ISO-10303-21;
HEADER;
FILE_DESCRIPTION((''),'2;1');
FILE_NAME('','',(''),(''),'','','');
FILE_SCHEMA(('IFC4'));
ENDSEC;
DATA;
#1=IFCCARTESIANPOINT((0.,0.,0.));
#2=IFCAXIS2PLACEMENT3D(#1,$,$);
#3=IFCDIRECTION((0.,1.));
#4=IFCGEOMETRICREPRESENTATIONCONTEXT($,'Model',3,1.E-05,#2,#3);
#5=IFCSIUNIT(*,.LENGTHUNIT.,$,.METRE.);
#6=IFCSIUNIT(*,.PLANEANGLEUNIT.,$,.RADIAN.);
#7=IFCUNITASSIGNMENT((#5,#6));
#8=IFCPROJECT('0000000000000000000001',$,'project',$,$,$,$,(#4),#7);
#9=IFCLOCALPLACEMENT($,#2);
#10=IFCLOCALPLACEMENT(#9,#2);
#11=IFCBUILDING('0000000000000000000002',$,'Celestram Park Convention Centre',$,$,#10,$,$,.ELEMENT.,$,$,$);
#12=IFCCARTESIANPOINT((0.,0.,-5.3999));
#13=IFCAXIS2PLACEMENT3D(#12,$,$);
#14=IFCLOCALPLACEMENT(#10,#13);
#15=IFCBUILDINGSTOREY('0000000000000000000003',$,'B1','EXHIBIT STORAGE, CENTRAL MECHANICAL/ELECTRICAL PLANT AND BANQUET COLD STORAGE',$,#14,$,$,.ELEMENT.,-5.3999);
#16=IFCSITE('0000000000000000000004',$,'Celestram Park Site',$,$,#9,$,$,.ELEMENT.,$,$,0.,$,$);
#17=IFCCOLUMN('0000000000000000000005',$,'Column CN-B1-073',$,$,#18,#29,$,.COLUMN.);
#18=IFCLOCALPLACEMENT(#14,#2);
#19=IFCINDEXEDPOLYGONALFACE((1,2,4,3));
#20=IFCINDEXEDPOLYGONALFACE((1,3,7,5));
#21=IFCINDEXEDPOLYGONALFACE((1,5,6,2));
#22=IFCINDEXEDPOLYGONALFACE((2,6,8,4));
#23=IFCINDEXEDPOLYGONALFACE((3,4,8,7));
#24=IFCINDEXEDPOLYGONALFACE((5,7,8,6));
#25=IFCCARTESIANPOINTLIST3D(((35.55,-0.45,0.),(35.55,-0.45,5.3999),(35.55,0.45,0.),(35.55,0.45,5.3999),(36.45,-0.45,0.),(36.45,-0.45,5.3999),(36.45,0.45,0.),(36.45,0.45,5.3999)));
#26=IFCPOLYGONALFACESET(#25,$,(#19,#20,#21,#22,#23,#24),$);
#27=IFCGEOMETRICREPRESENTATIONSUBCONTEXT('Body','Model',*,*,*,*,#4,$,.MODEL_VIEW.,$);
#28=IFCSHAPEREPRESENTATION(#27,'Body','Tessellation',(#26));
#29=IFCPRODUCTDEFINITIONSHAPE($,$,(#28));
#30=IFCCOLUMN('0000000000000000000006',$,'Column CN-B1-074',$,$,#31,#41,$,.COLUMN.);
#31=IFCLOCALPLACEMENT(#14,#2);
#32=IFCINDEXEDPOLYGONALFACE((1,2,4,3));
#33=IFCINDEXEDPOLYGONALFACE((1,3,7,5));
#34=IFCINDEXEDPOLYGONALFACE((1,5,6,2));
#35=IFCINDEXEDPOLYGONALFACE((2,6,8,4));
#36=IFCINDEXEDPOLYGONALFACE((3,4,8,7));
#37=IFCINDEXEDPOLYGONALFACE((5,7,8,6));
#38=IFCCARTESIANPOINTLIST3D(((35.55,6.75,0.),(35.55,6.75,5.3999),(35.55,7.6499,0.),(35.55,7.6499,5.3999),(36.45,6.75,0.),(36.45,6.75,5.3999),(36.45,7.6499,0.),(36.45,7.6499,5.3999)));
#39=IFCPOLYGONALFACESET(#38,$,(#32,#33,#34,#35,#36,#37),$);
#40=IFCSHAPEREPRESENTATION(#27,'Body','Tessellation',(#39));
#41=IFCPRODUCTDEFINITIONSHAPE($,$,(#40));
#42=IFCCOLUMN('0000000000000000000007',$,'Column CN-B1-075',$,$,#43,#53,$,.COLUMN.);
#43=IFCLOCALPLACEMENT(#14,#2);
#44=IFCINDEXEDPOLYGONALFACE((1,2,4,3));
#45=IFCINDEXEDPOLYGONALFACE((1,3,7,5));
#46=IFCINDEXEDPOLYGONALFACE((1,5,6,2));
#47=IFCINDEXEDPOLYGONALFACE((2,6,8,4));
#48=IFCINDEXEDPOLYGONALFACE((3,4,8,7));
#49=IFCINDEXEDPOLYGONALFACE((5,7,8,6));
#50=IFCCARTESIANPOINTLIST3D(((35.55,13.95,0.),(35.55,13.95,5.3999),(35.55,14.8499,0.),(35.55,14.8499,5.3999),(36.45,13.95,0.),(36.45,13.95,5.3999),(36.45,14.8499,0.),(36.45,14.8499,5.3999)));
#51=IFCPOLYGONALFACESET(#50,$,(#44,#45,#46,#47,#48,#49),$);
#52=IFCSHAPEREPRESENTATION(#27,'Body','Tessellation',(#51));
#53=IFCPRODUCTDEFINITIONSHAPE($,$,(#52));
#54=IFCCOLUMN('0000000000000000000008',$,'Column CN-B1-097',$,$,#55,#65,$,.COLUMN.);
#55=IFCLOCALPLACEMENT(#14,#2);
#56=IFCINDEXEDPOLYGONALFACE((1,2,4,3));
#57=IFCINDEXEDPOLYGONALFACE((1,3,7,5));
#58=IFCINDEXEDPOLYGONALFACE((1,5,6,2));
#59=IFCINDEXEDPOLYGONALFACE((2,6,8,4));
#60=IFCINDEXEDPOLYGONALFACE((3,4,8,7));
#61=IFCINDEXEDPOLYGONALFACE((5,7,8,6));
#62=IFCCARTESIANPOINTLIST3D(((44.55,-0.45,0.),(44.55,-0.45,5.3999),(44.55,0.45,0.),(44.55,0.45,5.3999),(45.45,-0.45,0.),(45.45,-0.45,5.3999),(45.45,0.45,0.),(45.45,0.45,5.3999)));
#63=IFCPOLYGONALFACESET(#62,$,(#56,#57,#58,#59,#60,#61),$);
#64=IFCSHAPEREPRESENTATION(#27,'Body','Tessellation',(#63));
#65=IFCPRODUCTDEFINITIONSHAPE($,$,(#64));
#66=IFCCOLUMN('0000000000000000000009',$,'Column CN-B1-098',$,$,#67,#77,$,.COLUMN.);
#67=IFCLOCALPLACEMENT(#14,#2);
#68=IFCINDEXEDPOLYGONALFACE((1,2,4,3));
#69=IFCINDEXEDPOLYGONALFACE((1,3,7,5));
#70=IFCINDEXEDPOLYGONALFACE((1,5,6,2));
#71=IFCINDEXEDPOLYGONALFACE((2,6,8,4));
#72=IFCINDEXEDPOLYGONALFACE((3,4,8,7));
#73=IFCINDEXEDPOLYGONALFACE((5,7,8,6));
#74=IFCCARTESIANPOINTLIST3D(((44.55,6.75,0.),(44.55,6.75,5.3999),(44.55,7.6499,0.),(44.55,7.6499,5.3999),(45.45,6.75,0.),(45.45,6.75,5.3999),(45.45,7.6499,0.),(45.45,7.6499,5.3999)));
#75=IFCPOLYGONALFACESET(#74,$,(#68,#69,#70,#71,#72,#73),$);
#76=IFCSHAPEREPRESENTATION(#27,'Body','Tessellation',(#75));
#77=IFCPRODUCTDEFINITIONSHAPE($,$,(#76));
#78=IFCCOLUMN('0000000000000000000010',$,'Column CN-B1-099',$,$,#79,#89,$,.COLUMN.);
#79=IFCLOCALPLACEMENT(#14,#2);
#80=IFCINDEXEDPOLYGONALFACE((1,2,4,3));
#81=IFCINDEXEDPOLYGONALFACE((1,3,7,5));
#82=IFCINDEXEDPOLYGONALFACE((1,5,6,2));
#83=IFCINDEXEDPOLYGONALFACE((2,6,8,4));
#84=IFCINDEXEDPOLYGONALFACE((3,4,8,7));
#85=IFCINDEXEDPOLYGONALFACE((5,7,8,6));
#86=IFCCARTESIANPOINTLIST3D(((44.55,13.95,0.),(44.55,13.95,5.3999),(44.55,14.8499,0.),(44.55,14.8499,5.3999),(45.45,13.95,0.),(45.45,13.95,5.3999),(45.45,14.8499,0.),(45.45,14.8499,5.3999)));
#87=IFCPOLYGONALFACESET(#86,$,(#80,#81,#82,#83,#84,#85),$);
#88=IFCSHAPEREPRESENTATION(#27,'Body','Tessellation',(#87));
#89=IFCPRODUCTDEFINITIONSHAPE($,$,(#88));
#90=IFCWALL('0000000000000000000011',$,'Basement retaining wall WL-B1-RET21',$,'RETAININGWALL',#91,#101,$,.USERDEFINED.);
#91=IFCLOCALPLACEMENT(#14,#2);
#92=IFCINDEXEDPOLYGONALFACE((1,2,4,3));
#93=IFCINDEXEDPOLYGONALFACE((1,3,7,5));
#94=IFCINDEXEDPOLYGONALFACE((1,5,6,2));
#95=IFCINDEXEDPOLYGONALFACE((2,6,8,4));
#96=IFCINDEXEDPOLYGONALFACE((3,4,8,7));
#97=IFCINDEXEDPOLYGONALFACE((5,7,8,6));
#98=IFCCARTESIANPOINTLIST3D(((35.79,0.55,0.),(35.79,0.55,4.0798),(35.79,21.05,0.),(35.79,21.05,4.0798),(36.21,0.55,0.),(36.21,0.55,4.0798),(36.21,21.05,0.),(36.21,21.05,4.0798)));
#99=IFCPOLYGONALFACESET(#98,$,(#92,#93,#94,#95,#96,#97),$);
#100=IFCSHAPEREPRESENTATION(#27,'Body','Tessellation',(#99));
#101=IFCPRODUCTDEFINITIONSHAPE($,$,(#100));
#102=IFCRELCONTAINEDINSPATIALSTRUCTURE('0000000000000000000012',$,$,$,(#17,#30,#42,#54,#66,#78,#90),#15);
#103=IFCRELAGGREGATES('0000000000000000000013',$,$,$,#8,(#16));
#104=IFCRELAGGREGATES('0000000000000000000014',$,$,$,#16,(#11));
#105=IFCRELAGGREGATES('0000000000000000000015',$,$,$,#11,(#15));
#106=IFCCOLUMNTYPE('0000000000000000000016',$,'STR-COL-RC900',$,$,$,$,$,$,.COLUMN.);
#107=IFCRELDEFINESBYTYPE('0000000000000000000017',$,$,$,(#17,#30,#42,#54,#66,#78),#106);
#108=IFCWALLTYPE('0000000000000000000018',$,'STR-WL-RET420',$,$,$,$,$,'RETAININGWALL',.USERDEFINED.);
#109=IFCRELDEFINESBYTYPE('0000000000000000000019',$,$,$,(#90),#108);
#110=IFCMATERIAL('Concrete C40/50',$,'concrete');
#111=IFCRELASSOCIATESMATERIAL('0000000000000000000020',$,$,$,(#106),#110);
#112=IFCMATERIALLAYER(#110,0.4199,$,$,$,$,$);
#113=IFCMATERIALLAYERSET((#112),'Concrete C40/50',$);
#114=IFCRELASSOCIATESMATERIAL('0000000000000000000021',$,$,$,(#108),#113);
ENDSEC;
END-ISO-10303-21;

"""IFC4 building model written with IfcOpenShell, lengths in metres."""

from ifc_helpers import new_model, si_unit, direction, frame, frame_2d, origin, origin_2d, place, context, subcontext, project, spatial, rectangle, extrude, material, layer, layer_set, material_profile, profile_set, type_object, element, save


model = new_model("IFC4")

# Units and contexts
model_context = context("Model", 3, precision=1e-05, world=origin(), true_north=direction((0.0, 1.0)))
body_context = subcontext(model_context, "Body", "Model", "MODEL_VIEW")
ifc_project = project(units=[si_unit("LENGTHUNIT", "METRE"), si_unit("PLANEANGLEUNIT", "RADIAN")], contexts=[model_context])

# Site, building, storey
site_placement = place(None, origin())
site = spatial("IfcSite", under=ifc_project, at=site_placement, Name="Celestram Park Site", CompositionType="ELEMENT", RefElevation=0.0)
building_placement = place(site_placement, origin())
building = spatial("IfcBuilding", under=site, at=building_placement, Name="Celestram Park Convention Centre", CompositionType="ELEMENT")
storey_placement = place(building_placement, frame((0.0, 0.0, -5.3999)))
storey = spatial("IfcBuildingStorey", under=building, at=storey_placement, Name="B1", Description="EXHIBIT STORAGE, CENTRAL MECHANICAL/ELECTRICAL PLANT AND BANQUET COLD STORAGE", CompositionType="ELEMENT", Elevation=-5.3999)

# Shared definitions
ifc_material_1 = material(Name="Concrete C40/50", Category="concrete")

# Columns
ifc_material_profile_1 = material_profile(ifc_material_1, rectangle(XDim=0.8999, YDim=0.8999, at=origin_2d()), Name="RC900X900")
ifc_profile_set_1 = profile_set([ifc_material_profile_1], Name="Concrete C40/50")
column_type = type_object("IfcColumnType", Name="STR-COL-RC900", PredefinedType="COLUMN", material=ifc_profile_set_1)
for number, where, z_axis, x_axis, name in (
    (1, (36.0, 0.0, 0.0), (0.0, 0.0, 1.0), (1.0, 0.0, 0.0), "Column CN-B1-073"),
    (2, (36.0, 7.2, 0.0), (0.0, 0.0, 1.0), (1.0, 0.0, 0.0), "Column CN-B1-074"),
    (3, (36.0, 14.3999, 0.0), (0.0, 0.0, 1.0), (1.0, 0.0, 0.0), "Column CN-B1-075"),
    (4, (45.0, 0.0, 0.0), (0.0, 0.0, 1.0), (1.0, 0.0, 0.0), "Column CN-B1-097"),
    (5, (45.0, 7.2, 0.0), (0.0, 0.0, 1.0), (1.0, 0.0, 0.0), "Column CN-B1-098"),
    (6, (45.0, 14.3999, 0.0), (0.0, 0.0, 1.0), (1.0, 0.0, 0.0), "Column CN-B1-099"),
):
    element("IfcColumn", number, at=place(storey_placement, frame(where, z_axis=z_axis, x_axis=x_axis)), inside=storey, type_object=column_type, Name=name, PredefinedType="COLUMN", context=body_context, shape_type="SweptSolid", body=[
        extrude(rectangle(XDim=0.8999, YDim=0.8999, at=origin_2d()), origin(), (0.0, 0.0, 1.0), 5.3999),
    ])

# Wall
ifc_layer = layer(ifc_material_1, 0.4199)
ifc_layer_set = layer_set([ifc_layer], Name="Concrete C40/50")
wall_type = type_object("IfcWallType", Name="STR-WL-RET420", ElementType="RETAININGWALL", PredefinedType="USERDEFINED", material=ifc_layer_set)
wall_placement = place(storey_placement, frame((36.0, 0.55, 0.0), z_axis=(0.0, 0.0, 1.0), x_axis=(0.0, 1.0, 0.0)))
element("IfcWall", 7, at=wall_placement, inside=storey, type_object=wall_type, Name="Basement retaining wall WL-B1-RET21", ObjectType="RETAININGWALL", PredefinedType="USERDEFINED", context=body_context, shape_type="SweptSolid", body=[
    extrude(rectangle(XDim=20.5, YDim=0.4199, at=frame_2d((10.25, 0.0))), origin(), (0.0, 0.0, 1.0), 4.0798),
])

save(model, "model.ifc")
